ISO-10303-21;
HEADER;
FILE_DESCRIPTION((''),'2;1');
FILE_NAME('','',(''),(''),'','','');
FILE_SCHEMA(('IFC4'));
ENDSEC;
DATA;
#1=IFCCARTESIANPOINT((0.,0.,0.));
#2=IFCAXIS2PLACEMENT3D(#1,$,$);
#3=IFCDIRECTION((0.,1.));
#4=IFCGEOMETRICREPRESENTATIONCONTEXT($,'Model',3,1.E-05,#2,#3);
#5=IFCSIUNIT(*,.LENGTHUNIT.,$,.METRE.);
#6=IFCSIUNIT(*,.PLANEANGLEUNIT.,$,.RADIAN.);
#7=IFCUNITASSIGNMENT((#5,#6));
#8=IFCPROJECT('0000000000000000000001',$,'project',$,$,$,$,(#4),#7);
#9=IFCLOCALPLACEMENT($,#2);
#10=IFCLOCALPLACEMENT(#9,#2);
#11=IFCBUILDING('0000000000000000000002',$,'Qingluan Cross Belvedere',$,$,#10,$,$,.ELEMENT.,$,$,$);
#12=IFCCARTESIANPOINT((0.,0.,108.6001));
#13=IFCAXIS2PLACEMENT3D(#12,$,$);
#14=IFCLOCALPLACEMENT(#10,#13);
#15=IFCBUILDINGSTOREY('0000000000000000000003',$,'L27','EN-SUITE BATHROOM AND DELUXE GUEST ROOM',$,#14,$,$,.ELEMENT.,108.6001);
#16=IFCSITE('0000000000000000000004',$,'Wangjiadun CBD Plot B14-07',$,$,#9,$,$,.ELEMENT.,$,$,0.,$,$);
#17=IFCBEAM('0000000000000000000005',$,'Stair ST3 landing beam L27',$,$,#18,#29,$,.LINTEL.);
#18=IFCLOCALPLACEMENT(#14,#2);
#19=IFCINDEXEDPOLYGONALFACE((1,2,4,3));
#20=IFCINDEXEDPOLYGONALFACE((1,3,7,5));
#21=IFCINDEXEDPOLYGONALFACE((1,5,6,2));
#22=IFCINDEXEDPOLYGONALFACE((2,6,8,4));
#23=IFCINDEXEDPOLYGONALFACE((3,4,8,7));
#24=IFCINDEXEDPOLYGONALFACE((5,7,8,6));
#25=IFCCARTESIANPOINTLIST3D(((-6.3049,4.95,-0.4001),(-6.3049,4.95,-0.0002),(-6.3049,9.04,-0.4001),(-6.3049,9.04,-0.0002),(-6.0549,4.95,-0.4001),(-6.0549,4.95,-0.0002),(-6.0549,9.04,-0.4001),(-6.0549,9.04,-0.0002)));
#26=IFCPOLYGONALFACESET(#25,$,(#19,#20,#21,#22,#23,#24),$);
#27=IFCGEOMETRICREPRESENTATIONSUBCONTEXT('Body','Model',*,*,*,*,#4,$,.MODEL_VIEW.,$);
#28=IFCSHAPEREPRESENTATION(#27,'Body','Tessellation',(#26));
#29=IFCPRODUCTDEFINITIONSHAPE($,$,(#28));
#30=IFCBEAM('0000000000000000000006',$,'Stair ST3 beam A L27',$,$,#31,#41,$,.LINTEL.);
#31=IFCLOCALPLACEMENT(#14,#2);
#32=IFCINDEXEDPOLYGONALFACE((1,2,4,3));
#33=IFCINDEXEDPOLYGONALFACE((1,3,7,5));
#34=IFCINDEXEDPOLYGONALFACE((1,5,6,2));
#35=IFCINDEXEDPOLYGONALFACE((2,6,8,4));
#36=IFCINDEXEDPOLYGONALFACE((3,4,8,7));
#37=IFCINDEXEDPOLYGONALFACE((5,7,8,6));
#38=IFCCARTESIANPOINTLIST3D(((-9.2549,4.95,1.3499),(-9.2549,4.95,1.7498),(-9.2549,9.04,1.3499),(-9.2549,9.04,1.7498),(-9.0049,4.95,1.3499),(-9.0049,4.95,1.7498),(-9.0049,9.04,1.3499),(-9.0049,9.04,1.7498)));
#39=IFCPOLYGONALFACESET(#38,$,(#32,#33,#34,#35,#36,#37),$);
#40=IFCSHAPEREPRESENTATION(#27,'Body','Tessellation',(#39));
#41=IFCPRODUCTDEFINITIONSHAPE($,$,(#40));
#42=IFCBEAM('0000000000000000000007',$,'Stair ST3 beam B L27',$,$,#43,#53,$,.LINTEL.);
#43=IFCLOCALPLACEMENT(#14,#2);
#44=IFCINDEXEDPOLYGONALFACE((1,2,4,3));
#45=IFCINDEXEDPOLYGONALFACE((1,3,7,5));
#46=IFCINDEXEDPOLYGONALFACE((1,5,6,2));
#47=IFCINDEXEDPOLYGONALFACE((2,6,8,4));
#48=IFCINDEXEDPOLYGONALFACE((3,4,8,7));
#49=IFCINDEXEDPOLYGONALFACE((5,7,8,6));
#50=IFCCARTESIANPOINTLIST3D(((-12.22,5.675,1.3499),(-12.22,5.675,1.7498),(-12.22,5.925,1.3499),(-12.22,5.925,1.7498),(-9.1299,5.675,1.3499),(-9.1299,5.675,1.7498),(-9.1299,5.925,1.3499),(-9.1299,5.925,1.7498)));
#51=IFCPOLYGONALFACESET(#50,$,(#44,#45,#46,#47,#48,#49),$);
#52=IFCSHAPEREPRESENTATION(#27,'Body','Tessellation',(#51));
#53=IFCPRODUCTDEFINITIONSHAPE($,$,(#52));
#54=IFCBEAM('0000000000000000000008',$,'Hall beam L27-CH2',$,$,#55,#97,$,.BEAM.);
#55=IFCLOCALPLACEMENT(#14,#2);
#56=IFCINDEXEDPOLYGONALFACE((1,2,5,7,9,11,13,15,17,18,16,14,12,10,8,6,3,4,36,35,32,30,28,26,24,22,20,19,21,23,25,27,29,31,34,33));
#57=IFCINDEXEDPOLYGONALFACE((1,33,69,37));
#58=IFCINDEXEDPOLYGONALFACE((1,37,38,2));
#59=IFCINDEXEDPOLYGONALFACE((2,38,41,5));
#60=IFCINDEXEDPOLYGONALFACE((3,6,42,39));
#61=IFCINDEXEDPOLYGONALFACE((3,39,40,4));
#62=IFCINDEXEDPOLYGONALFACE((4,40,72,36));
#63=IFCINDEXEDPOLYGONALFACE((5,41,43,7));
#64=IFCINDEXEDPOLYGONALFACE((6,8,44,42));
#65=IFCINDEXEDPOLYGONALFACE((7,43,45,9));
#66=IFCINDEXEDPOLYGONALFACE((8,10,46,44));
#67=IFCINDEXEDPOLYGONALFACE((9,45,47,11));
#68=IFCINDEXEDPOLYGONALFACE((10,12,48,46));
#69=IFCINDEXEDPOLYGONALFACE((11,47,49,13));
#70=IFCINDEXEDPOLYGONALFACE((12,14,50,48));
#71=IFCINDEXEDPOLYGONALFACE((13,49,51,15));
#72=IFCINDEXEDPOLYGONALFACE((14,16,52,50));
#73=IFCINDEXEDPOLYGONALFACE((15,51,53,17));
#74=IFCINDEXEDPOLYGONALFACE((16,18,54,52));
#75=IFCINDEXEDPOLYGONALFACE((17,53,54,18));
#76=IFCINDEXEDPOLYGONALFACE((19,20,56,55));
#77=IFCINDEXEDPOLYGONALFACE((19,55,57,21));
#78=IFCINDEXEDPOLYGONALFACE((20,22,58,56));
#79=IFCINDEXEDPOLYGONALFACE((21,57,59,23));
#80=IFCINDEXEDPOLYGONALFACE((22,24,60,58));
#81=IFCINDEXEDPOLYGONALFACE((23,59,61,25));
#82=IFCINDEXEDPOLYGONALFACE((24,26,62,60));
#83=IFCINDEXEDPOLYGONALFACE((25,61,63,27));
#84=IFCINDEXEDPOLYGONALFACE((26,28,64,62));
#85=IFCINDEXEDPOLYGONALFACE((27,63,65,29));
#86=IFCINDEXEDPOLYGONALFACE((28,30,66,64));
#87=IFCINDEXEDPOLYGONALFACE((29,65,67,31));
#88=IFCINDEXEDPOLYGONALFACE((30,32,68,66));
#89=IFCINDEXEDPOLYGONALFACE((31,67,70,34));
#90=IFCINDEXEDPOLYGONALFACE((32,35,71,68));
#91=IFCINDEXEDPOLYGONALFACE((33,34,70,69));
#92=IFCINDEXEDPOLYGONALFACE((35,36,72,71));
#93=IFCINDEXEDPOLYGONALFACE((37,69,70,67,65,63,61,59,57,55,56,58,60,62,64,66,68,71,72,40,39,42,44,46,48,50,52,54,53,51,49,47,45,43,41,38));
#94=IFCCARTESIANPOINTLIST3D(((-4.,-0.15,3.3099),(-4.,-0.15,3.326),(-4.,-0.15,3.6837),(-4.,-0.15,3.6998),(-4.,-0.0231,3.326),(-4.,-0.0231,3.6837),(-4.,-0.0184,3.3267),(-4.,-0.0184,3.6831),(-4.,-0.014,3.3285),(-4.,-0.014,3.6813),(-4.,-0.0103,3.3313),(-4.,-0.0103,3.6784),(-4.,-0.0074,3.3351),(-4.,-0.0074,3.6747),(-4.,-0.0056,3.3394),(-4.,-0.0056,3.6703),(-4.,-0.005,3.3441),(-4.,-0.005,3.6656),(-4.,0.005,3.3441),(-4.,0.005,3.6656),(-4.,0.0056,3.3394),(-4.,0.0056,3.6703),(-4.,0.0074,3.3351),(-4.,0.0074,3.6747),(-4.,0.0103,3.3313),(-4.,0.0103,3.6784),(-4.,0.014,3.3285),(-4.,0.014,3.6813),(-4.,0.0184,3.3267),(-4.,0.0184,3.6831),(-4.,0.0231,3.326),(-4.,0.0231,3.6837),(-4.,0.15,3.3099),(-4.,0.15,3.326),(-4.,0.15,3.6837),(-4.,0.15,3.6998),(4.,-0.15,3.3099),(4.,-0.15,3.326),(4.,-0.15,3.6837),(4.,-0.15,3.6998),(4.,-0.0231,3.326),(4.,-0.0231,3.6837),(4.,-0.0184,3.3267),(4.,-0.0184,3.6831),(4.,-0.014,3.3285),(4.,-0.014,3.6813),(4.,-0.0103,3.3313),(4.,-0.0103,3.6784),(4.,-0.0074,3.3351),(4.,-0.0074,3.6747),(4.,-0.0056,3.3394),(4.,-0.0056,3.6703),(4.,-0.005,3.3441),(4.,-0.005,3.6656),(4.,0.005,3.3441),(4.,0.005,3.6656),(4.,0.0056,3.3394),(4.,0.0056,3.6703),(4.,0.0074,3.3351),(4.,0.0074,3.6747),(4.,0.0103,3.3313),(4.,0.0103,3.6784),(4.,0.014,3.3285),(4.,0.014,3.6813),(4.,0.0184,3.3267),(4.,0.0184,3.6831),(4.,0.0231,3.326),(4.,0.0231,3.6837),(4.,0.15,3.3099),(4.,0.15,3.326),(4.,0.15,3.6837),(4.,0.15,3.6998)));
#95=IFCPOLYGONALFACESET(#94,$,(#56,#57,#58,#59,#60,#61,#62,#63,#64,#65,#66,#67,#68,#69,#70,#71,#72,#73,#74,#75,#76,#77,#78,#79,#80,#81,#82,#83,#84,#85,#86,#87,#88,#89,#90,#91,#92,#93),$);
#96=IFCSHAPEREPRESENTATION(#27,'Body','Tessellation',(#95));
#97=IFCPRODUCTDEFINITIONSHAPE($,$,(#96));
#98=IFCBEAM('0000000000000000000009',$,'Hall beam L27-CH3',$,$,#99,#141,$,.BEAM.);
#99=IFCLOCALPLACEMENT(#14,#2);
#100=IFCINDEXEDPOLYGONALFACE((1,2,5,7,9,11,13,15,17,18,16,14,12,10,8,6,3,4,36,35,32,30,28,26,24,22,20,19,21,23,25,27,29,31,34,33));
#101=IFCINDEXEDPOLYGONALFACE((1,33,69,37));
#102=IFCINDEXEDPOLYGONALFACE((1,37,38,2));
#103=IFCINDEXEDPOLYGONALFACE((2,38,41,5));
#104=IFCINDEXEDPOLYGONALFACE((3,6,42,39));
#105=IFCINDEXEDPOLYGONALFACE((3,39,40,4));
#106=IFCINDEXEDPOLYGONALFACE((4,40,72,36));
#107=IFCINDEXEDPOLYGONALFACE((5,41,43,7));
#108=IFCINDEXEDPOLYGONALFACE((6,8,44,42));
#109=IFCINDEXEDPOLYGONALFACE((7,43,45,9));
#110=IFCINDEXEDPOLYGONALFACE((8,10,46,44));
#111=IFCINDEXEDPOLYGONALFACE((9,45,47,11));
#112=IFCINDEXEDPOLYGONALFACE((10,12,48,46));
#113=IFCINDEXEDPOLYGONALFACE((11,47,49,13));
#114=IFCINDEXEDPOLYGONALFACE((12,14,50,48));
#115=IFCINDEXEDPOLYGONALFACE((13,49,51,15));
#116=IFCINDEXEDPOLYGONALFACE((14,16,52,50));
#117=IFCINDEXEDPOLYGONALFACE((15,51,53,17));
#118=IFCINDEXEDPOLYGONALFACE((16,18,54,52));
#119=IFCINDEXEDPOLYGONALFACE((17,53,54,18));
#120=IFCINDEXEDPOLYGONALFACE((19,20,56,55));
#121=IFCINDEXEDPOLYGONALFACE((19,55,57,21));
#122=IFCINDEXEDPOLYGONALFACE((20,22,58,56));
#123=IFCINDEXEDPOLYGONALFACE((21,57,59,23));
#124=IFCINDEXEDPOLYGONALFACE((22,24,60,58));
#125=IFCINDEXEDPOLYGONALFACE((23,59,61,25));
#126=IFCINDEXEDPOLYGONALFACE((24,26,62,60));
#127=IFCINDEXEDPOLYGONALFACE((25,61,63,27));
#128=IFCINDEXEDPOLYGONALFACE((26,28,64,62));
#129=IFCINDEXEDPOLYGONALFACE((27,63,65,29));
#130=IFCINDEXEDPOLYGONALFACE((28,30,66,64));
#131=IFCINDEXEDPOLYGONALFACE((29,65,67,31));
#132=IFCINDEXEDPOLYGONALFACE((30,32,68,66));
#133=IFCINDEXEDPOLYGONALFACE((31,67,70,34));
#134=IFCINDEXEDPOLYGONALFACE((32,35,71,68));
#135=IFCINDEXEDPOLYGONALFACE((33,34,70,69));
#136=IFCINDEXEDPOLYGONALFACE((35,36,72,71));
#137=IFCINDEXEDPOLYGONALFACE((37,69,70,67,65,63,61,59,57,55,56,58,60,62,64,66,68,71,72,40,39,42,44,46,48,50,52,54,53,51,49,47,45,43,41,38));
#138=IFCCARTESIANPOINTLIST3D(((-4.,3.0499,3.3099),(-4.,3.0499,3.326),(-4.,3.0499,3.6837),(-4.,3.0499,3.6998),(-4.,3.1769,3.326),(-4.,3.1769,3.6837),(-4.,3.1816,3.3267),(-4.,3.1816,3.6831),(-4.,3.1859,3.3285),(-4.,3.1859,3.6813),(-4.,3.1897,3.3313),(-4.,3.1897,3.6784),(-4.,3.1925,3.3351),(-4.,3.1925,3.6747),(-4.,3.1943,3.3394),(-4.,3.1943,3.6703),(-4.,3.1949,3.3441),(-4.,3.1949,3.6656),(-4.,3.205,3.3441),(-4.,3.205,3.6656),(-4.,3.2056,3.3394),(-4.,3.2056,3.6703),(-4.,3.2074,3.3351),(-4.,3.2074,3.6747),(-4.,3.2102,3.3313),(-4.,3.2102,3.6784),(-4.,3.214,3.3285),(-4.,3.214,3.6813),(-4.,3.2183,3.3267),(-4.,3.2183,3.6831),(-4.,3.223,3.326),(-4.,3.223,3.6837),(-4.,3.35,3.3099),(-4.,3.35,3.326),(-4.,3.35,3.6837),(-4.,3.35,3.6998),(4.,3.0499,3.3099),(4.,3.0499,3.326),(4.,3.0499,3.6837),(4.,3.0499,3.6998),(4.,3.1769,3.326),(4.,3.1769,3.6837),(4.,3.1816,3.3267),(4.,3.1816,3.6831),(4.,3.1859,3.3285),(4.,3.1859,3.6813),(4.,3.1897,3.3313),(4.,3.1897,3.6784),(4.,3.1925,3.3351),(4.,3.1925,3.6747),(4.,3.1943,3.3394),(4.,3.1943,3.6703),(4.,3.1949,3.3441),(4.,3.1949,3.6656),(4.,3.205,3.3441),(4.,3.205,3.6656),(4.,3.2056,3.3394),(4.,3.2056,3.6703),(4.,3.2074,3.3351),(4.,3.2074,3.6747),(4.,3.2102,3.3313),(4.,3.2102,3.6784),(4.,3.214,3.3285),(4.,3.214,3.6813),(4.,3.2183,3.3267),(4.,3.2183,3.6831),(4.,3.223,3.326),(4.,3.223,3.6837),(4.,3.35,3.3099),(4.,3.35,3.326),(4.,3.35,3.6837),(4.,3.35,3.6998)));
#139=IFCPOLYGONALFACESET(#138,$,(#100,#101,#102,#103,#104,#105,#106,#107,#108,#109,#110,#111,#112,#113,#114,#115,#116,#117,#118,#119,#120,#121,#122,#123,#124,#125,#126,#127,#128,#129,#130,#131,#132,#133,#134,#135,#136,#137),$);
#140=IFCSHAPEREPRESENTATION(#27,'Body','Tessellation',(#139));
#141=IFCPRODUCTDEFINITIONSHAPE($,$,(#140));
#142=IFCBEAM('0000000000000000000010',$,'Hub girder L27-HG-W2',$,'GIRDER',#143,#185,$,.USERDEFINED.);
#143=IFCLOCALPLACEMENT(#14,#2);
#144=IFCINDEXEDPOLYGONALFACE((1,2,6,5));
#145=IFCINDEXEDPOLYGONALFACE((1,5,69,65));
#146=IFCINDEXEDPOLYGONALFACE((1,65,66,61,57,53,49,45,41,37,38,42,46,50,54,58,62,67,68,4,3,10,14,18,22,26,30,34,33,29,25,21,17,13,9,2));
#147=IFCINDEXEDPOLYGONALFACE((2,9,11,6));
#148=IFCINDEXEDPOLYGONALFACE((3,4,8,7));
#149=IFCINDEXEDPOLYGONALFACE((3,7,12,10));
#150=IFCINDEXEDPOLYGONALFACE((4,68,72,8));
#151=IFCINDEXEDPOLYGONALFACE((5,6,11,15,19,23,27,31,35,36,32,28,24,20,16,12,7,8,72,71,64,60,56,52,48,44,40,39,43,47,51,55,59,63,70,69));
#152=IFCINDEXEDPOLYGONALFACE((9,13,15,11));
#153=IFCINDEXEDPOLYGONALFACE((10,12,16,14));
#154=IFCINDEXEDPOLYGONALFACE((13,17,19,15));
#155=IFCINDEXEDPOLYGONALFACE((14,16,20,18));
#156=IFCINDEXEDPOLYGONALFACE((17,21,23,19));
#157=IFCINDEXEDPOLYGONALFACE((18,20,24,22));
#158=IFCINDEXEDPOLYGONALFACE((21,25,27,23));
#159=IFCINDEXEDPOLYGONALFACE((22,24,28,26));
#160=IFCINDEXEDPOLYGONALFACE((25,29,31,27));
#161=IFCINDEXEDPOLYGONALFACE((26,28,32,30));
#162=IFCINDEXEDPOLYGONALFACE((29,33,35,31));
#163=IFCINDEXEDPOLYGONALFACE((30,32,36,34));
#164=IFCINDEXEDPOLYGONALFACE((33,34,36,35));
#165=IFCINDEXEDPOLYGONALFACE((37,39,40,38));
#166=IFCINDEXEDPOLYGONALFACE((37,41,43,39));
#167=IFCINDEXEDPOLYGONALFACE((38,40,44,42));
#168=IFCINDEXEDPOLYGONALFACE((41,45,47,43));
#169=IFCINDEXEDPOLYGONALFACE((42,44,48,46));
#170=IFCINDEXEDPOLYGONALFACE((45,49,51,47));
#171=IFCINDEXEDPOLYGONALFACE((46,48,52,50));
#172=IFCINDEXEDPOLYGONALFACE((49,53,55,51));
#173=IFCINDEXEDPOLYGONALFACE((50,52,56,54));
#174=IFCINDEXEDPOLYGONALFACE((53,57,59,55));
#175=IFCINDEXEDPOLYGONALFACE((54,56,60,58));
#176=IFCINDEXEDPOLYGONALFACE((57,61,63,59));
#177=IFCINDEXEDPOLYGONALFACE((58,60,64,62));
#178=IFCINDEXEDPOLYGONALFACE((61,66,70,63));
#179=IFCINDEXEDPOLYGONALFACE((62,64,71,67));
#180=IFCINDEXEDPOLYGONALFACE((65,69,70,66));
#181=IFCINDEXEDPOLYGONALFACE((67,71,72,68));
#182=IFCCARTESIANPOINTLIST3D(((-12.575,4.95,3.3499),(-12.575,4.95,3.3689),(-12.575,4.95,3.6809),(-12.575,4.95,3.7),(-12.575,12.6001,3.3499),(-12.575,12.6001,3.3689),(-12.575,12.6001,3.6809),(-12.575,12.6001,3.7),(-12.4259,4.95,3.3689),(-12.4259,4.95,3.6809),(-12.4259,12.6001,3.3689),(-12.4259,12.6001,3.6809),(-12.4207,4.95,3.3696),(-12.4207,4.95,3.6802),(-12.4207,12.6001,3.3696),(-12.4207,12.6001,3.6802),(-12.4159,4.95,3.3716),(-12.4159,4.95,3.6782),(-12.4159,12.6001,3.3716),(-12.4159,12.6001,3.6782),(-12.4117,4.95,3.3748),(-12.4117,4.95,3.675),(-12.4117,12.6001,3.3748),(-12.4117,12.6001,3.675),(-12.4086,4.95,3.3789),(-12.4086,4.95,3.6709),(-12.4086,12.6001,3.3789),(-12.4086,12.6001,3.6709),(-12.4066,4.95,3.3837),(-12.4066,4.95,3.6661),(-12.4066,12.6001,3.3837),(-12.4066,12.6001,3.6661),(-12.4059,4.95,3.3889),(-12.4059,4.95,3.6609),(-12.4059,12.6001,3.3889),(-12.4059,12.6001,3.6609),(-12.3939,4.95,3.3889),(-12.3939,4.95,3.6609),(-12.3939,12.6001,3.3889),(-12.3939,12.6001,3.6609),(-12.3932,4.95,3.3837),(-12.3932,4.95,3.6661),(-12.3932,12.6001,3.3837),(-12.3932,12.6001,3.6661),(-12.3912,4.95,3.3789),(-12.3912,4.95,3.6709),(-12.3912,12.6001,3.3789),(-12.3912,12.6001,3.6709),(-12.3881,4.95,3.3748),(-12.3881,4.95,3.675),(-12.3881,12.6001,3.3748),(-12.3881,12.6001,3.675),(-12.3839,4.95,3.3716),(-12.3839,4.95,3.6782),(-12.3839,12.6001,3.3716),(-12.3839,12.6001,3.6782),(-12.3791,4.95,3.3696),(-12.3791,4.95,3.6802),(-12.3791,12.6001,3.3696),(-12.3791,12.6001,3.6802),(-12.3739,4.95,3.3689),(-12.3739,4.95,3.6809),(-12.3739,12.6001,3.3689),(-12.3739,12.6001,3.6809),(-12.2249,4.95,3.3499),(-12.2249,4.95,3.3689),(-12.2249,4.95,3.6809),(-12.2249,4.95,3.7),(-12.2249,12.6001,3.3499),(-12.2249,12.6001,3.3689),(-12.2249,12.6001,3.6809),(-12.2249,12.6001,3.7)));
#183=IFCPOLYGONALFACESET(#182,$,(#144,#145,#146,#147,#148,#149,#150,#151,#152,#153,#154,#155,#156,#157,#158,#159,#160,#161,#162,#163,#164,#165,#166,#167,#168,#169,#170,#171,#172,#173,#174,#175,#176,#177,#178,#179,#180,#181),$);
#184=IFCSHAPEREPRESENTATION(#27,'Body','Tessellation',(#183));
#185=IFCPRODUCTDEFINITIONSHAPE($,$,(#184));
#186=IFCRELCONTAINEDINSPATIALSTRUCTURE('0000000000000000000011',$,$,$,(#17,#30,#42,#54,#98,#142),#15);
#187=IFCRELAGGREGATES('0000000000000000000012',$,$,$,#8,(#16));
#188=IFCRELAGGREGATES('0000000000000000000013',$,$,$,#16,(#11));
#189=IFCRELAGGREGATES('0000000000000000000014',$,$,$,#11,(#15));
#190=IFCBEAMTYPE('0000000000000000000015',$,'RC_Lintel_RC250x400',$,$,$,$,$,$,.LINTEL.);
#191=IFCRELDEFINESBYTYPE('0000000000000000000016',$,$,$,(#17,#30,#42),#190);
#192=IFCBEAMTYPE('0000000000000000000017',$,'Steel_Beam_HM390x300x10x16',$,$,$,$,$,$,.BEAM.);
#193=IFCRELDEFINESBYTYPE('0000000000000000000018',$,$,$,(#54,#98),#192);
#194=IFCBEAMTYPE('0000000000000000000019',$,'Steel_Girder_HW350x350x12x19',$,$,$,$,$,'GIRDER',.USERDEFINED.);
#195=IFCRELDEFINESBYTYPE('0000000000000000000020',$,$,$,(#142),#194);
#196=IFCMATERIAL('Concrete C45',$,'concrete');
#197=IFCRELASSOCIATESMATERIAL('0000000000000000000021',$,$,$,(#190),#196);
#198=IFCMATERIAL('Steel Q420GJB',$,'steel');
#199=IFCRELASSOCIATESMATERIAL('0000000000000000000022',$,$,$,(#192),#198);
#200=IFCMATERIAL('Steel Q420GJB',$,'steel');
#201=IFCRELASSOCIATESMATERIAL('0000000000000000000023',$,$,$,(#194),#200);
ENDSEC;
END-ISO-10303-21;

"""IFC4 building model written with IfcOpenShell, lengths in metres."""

from ifc_helpers import new_model, si_unit, direction, frame, origin, origin_2d, place, context, subcontext, project, spatial, rectangle, i_section, extrude, material, material_profile, profile_set, type_object, element, save


model = new_model("IFC4")

# Units and contexts
model_context = context("Model", 3, precision=1e-05, world=origin(), true_north=direction((0.0, 1.0)))
body_context = subcontext(model_context, "Body", "Model", "MODEL_VIEW")
ifc_project = project(units=[si_unit("LENGTHUNIT", "METRE"), si_unit("PLANEANGLEUNIT", "RADIAN")], contexts=[model_context])

# Site, building, storey
site_placement = place(None, origin())
site = spatial("IfcSite", under=ifc_project, at=site_placement, Name="Wangjiadun CBD Plot B14-07", CompositionType="ELEMENT", RefElevation=0.0)
building_placement = place(site_placement, origin())
building = spatial("IfcBuilding", under=site, at=building_placement, Name="Qingluan Cross Belvedere", CompositionType="ELEMENT")
storey_placement = place(building_placement, frame((0.0, 0.0, 108.6001)))
storey = spatial("IfcBuildingStorey", under=building, at=storey_placement, Name="L27", Description="EN-SUITE BATHROOM AND DELUXE GUEST ROOM", CompositionType="ELEMENT", Elevation=108.6001)

# Beams
ifc_material_1 = material(Name="Concrete C45", Category="concrete")
ifc_material_profile_1 = material_profile(ifc_material_1, rectangle(XDim=0.25, YDim=0.3999, at=origin_2d()), Name="RC250x400")
ifc_profile_set_1 = profile_set([ifc_material_profile_1], Name="Concrete C45")
beam_type_1 = type_object("IfcBeamType", Name="RC_Lintel_RC250x400", PredefinedType="LINTEL", material=ifc_profile_set_1)
for number, where, z_axis, x_axis, name in (
    (1, (-6.1799, 4.95, -0.2002), (0.0, 1.0, 0.0), (-1.0, 0.0, 0.0), "Stair ST3 landing beam L27"),
    (2, (-9.1299, 4.95, 1.5498), (0.0, 1.0, 0.0), (-1.0, 0.0, 0.0), "Stair ST3 beam A L27"),
):
    element("IfcBeam", number, at=place(storey_placement, frame(where, z_axis=z_axis, x_axis=x_axis)), inside=storey, type_object=beam_type_1, Name=name, PredefinedType="LINTEL", context=body_context, shape_type="SweptSolid", body=[
        extrude(rectangle(XDim=0.25, YDim=0.3999, at=origin_2d()), origin(), (0.0, 0.0, 1.0), 4.0901),
    ])
beam_1_placement = place(storey_placement, frame((-12.22, 5.8, 1.5498), z_axis=(1.0, 0.0, 0.0), x_axis=(0.0, 1.0, 0.0)))
element("IfcBeam", 3, at=beam_1_placement, inside=storey, type_object=beam_type_1, Name="Stair ST3 beam B L27", PredefinedType="LINTEL", context=body_context, shape_type="SweptSolid", body=[
    extrude(rectangle(XDim=0.25, YDim=0.3999, at=origin_2d()), origin(), (0.0, 0.0, 1.0), 3.0901),
])
ifc_material_2 = material(Name="Steel Q420GJB", Category="steel")
ifc_material_profile_2 = material_profile(ifc_material_2, i_section(OverallWidth=0.3, OverallDepth=0.3899, WebThickness=0.01, FlangeThickness=0.0161, FilletRadius=0.0181, at=origin_2d()), Name="HM390x300x10x16")
ifc_profile_set_2 = profile_set([ifc_material_profile_2], Name="Steel Q420GJB")
beam_type_2 = type_object("IfcBeamType", Name="Steel_Beam_HM390x300x10x16", PredefinedType="BEAM", material=ifc_profile_set_2)
for number, where, z_axis, x_axis, name in (
    (4, (-4.0, 0.0, 3.5049), (1.0, 0.0, 0.0), (0.0, 1.0, 0.0), "Hall beam L27-CH2"),
    (5, (-4.0, 3.2, 3.5049), (1.0, 0.0, 0.0), (0.0, 1.0, 0.0), "Hall beam L27-CH3"),
):
    element("IfcBeam", number, at=place(storey_placement, frame(where, z_axis=z_axis, x_axis=x_axis)), inside=storey, type_object=beam_type_2, Name=name, PredefinedType="BEAM", context=body_context, shape_type="SweptSolid", body=[
        extrude(i_section(OverallWidth=0.3, OverallDepth=0.3899, WebThickness=0.01, FlangeThickness=0.0161, FilletRadius=0.0181, at=origin_2d()), origin(), (0.0, 0.0, 1.0), 8.0),
    ])
ifc_material_3 = material(Name="Steel Q420GJB", Category="steel")
ifc_material_profile_3 = material_profile(ifc_material_3, i_section(OverallWidth=0.3501, OverallDepth=0.3501, WebThickness=0.012, FlangeThickness=0.019, FilletRadius=0.02, at=origin_2d()), Name="HW350x350x12x19")
ifc_profile_set_3 = profile_set([ifc_material_profile_3], Name="Steel Q420GJB")
beam_type_3 = type_object("IfcBeamType", Name="Steel_Girder_HW350x350x12x19", ElementType="GIRDER", PredefinedType="USERDEFINED", material=ifc_profile_set_3)
beam_2_placement = place(storey_placement, frame((-12.3999, 4.95, 3.5249), z_axis=(0.0, 1.0, 0.0), x_axis=(-1.0, 0.0, 0.0)))
element("IfcBeam", 6, at=beam_2_placement, inside=storey, type_object=beam_type_3, Name="Hub girder L27-HG-W2", ObjectType="GIRDER", PredefinedType="USERDEFINED", context=body_context, shape_type="SweptSolid", body=[
    extrude(i_section(OverallWidth=0.3501, OverallDepth=0.3501, WebThickness=0.012, FlangeThickness=0.019, FilletRadius=0.02, at=origin_2d()), origin(), (0.0, 0.0, 1.0), 7.6501),
])

save(model, "model.ifc")
